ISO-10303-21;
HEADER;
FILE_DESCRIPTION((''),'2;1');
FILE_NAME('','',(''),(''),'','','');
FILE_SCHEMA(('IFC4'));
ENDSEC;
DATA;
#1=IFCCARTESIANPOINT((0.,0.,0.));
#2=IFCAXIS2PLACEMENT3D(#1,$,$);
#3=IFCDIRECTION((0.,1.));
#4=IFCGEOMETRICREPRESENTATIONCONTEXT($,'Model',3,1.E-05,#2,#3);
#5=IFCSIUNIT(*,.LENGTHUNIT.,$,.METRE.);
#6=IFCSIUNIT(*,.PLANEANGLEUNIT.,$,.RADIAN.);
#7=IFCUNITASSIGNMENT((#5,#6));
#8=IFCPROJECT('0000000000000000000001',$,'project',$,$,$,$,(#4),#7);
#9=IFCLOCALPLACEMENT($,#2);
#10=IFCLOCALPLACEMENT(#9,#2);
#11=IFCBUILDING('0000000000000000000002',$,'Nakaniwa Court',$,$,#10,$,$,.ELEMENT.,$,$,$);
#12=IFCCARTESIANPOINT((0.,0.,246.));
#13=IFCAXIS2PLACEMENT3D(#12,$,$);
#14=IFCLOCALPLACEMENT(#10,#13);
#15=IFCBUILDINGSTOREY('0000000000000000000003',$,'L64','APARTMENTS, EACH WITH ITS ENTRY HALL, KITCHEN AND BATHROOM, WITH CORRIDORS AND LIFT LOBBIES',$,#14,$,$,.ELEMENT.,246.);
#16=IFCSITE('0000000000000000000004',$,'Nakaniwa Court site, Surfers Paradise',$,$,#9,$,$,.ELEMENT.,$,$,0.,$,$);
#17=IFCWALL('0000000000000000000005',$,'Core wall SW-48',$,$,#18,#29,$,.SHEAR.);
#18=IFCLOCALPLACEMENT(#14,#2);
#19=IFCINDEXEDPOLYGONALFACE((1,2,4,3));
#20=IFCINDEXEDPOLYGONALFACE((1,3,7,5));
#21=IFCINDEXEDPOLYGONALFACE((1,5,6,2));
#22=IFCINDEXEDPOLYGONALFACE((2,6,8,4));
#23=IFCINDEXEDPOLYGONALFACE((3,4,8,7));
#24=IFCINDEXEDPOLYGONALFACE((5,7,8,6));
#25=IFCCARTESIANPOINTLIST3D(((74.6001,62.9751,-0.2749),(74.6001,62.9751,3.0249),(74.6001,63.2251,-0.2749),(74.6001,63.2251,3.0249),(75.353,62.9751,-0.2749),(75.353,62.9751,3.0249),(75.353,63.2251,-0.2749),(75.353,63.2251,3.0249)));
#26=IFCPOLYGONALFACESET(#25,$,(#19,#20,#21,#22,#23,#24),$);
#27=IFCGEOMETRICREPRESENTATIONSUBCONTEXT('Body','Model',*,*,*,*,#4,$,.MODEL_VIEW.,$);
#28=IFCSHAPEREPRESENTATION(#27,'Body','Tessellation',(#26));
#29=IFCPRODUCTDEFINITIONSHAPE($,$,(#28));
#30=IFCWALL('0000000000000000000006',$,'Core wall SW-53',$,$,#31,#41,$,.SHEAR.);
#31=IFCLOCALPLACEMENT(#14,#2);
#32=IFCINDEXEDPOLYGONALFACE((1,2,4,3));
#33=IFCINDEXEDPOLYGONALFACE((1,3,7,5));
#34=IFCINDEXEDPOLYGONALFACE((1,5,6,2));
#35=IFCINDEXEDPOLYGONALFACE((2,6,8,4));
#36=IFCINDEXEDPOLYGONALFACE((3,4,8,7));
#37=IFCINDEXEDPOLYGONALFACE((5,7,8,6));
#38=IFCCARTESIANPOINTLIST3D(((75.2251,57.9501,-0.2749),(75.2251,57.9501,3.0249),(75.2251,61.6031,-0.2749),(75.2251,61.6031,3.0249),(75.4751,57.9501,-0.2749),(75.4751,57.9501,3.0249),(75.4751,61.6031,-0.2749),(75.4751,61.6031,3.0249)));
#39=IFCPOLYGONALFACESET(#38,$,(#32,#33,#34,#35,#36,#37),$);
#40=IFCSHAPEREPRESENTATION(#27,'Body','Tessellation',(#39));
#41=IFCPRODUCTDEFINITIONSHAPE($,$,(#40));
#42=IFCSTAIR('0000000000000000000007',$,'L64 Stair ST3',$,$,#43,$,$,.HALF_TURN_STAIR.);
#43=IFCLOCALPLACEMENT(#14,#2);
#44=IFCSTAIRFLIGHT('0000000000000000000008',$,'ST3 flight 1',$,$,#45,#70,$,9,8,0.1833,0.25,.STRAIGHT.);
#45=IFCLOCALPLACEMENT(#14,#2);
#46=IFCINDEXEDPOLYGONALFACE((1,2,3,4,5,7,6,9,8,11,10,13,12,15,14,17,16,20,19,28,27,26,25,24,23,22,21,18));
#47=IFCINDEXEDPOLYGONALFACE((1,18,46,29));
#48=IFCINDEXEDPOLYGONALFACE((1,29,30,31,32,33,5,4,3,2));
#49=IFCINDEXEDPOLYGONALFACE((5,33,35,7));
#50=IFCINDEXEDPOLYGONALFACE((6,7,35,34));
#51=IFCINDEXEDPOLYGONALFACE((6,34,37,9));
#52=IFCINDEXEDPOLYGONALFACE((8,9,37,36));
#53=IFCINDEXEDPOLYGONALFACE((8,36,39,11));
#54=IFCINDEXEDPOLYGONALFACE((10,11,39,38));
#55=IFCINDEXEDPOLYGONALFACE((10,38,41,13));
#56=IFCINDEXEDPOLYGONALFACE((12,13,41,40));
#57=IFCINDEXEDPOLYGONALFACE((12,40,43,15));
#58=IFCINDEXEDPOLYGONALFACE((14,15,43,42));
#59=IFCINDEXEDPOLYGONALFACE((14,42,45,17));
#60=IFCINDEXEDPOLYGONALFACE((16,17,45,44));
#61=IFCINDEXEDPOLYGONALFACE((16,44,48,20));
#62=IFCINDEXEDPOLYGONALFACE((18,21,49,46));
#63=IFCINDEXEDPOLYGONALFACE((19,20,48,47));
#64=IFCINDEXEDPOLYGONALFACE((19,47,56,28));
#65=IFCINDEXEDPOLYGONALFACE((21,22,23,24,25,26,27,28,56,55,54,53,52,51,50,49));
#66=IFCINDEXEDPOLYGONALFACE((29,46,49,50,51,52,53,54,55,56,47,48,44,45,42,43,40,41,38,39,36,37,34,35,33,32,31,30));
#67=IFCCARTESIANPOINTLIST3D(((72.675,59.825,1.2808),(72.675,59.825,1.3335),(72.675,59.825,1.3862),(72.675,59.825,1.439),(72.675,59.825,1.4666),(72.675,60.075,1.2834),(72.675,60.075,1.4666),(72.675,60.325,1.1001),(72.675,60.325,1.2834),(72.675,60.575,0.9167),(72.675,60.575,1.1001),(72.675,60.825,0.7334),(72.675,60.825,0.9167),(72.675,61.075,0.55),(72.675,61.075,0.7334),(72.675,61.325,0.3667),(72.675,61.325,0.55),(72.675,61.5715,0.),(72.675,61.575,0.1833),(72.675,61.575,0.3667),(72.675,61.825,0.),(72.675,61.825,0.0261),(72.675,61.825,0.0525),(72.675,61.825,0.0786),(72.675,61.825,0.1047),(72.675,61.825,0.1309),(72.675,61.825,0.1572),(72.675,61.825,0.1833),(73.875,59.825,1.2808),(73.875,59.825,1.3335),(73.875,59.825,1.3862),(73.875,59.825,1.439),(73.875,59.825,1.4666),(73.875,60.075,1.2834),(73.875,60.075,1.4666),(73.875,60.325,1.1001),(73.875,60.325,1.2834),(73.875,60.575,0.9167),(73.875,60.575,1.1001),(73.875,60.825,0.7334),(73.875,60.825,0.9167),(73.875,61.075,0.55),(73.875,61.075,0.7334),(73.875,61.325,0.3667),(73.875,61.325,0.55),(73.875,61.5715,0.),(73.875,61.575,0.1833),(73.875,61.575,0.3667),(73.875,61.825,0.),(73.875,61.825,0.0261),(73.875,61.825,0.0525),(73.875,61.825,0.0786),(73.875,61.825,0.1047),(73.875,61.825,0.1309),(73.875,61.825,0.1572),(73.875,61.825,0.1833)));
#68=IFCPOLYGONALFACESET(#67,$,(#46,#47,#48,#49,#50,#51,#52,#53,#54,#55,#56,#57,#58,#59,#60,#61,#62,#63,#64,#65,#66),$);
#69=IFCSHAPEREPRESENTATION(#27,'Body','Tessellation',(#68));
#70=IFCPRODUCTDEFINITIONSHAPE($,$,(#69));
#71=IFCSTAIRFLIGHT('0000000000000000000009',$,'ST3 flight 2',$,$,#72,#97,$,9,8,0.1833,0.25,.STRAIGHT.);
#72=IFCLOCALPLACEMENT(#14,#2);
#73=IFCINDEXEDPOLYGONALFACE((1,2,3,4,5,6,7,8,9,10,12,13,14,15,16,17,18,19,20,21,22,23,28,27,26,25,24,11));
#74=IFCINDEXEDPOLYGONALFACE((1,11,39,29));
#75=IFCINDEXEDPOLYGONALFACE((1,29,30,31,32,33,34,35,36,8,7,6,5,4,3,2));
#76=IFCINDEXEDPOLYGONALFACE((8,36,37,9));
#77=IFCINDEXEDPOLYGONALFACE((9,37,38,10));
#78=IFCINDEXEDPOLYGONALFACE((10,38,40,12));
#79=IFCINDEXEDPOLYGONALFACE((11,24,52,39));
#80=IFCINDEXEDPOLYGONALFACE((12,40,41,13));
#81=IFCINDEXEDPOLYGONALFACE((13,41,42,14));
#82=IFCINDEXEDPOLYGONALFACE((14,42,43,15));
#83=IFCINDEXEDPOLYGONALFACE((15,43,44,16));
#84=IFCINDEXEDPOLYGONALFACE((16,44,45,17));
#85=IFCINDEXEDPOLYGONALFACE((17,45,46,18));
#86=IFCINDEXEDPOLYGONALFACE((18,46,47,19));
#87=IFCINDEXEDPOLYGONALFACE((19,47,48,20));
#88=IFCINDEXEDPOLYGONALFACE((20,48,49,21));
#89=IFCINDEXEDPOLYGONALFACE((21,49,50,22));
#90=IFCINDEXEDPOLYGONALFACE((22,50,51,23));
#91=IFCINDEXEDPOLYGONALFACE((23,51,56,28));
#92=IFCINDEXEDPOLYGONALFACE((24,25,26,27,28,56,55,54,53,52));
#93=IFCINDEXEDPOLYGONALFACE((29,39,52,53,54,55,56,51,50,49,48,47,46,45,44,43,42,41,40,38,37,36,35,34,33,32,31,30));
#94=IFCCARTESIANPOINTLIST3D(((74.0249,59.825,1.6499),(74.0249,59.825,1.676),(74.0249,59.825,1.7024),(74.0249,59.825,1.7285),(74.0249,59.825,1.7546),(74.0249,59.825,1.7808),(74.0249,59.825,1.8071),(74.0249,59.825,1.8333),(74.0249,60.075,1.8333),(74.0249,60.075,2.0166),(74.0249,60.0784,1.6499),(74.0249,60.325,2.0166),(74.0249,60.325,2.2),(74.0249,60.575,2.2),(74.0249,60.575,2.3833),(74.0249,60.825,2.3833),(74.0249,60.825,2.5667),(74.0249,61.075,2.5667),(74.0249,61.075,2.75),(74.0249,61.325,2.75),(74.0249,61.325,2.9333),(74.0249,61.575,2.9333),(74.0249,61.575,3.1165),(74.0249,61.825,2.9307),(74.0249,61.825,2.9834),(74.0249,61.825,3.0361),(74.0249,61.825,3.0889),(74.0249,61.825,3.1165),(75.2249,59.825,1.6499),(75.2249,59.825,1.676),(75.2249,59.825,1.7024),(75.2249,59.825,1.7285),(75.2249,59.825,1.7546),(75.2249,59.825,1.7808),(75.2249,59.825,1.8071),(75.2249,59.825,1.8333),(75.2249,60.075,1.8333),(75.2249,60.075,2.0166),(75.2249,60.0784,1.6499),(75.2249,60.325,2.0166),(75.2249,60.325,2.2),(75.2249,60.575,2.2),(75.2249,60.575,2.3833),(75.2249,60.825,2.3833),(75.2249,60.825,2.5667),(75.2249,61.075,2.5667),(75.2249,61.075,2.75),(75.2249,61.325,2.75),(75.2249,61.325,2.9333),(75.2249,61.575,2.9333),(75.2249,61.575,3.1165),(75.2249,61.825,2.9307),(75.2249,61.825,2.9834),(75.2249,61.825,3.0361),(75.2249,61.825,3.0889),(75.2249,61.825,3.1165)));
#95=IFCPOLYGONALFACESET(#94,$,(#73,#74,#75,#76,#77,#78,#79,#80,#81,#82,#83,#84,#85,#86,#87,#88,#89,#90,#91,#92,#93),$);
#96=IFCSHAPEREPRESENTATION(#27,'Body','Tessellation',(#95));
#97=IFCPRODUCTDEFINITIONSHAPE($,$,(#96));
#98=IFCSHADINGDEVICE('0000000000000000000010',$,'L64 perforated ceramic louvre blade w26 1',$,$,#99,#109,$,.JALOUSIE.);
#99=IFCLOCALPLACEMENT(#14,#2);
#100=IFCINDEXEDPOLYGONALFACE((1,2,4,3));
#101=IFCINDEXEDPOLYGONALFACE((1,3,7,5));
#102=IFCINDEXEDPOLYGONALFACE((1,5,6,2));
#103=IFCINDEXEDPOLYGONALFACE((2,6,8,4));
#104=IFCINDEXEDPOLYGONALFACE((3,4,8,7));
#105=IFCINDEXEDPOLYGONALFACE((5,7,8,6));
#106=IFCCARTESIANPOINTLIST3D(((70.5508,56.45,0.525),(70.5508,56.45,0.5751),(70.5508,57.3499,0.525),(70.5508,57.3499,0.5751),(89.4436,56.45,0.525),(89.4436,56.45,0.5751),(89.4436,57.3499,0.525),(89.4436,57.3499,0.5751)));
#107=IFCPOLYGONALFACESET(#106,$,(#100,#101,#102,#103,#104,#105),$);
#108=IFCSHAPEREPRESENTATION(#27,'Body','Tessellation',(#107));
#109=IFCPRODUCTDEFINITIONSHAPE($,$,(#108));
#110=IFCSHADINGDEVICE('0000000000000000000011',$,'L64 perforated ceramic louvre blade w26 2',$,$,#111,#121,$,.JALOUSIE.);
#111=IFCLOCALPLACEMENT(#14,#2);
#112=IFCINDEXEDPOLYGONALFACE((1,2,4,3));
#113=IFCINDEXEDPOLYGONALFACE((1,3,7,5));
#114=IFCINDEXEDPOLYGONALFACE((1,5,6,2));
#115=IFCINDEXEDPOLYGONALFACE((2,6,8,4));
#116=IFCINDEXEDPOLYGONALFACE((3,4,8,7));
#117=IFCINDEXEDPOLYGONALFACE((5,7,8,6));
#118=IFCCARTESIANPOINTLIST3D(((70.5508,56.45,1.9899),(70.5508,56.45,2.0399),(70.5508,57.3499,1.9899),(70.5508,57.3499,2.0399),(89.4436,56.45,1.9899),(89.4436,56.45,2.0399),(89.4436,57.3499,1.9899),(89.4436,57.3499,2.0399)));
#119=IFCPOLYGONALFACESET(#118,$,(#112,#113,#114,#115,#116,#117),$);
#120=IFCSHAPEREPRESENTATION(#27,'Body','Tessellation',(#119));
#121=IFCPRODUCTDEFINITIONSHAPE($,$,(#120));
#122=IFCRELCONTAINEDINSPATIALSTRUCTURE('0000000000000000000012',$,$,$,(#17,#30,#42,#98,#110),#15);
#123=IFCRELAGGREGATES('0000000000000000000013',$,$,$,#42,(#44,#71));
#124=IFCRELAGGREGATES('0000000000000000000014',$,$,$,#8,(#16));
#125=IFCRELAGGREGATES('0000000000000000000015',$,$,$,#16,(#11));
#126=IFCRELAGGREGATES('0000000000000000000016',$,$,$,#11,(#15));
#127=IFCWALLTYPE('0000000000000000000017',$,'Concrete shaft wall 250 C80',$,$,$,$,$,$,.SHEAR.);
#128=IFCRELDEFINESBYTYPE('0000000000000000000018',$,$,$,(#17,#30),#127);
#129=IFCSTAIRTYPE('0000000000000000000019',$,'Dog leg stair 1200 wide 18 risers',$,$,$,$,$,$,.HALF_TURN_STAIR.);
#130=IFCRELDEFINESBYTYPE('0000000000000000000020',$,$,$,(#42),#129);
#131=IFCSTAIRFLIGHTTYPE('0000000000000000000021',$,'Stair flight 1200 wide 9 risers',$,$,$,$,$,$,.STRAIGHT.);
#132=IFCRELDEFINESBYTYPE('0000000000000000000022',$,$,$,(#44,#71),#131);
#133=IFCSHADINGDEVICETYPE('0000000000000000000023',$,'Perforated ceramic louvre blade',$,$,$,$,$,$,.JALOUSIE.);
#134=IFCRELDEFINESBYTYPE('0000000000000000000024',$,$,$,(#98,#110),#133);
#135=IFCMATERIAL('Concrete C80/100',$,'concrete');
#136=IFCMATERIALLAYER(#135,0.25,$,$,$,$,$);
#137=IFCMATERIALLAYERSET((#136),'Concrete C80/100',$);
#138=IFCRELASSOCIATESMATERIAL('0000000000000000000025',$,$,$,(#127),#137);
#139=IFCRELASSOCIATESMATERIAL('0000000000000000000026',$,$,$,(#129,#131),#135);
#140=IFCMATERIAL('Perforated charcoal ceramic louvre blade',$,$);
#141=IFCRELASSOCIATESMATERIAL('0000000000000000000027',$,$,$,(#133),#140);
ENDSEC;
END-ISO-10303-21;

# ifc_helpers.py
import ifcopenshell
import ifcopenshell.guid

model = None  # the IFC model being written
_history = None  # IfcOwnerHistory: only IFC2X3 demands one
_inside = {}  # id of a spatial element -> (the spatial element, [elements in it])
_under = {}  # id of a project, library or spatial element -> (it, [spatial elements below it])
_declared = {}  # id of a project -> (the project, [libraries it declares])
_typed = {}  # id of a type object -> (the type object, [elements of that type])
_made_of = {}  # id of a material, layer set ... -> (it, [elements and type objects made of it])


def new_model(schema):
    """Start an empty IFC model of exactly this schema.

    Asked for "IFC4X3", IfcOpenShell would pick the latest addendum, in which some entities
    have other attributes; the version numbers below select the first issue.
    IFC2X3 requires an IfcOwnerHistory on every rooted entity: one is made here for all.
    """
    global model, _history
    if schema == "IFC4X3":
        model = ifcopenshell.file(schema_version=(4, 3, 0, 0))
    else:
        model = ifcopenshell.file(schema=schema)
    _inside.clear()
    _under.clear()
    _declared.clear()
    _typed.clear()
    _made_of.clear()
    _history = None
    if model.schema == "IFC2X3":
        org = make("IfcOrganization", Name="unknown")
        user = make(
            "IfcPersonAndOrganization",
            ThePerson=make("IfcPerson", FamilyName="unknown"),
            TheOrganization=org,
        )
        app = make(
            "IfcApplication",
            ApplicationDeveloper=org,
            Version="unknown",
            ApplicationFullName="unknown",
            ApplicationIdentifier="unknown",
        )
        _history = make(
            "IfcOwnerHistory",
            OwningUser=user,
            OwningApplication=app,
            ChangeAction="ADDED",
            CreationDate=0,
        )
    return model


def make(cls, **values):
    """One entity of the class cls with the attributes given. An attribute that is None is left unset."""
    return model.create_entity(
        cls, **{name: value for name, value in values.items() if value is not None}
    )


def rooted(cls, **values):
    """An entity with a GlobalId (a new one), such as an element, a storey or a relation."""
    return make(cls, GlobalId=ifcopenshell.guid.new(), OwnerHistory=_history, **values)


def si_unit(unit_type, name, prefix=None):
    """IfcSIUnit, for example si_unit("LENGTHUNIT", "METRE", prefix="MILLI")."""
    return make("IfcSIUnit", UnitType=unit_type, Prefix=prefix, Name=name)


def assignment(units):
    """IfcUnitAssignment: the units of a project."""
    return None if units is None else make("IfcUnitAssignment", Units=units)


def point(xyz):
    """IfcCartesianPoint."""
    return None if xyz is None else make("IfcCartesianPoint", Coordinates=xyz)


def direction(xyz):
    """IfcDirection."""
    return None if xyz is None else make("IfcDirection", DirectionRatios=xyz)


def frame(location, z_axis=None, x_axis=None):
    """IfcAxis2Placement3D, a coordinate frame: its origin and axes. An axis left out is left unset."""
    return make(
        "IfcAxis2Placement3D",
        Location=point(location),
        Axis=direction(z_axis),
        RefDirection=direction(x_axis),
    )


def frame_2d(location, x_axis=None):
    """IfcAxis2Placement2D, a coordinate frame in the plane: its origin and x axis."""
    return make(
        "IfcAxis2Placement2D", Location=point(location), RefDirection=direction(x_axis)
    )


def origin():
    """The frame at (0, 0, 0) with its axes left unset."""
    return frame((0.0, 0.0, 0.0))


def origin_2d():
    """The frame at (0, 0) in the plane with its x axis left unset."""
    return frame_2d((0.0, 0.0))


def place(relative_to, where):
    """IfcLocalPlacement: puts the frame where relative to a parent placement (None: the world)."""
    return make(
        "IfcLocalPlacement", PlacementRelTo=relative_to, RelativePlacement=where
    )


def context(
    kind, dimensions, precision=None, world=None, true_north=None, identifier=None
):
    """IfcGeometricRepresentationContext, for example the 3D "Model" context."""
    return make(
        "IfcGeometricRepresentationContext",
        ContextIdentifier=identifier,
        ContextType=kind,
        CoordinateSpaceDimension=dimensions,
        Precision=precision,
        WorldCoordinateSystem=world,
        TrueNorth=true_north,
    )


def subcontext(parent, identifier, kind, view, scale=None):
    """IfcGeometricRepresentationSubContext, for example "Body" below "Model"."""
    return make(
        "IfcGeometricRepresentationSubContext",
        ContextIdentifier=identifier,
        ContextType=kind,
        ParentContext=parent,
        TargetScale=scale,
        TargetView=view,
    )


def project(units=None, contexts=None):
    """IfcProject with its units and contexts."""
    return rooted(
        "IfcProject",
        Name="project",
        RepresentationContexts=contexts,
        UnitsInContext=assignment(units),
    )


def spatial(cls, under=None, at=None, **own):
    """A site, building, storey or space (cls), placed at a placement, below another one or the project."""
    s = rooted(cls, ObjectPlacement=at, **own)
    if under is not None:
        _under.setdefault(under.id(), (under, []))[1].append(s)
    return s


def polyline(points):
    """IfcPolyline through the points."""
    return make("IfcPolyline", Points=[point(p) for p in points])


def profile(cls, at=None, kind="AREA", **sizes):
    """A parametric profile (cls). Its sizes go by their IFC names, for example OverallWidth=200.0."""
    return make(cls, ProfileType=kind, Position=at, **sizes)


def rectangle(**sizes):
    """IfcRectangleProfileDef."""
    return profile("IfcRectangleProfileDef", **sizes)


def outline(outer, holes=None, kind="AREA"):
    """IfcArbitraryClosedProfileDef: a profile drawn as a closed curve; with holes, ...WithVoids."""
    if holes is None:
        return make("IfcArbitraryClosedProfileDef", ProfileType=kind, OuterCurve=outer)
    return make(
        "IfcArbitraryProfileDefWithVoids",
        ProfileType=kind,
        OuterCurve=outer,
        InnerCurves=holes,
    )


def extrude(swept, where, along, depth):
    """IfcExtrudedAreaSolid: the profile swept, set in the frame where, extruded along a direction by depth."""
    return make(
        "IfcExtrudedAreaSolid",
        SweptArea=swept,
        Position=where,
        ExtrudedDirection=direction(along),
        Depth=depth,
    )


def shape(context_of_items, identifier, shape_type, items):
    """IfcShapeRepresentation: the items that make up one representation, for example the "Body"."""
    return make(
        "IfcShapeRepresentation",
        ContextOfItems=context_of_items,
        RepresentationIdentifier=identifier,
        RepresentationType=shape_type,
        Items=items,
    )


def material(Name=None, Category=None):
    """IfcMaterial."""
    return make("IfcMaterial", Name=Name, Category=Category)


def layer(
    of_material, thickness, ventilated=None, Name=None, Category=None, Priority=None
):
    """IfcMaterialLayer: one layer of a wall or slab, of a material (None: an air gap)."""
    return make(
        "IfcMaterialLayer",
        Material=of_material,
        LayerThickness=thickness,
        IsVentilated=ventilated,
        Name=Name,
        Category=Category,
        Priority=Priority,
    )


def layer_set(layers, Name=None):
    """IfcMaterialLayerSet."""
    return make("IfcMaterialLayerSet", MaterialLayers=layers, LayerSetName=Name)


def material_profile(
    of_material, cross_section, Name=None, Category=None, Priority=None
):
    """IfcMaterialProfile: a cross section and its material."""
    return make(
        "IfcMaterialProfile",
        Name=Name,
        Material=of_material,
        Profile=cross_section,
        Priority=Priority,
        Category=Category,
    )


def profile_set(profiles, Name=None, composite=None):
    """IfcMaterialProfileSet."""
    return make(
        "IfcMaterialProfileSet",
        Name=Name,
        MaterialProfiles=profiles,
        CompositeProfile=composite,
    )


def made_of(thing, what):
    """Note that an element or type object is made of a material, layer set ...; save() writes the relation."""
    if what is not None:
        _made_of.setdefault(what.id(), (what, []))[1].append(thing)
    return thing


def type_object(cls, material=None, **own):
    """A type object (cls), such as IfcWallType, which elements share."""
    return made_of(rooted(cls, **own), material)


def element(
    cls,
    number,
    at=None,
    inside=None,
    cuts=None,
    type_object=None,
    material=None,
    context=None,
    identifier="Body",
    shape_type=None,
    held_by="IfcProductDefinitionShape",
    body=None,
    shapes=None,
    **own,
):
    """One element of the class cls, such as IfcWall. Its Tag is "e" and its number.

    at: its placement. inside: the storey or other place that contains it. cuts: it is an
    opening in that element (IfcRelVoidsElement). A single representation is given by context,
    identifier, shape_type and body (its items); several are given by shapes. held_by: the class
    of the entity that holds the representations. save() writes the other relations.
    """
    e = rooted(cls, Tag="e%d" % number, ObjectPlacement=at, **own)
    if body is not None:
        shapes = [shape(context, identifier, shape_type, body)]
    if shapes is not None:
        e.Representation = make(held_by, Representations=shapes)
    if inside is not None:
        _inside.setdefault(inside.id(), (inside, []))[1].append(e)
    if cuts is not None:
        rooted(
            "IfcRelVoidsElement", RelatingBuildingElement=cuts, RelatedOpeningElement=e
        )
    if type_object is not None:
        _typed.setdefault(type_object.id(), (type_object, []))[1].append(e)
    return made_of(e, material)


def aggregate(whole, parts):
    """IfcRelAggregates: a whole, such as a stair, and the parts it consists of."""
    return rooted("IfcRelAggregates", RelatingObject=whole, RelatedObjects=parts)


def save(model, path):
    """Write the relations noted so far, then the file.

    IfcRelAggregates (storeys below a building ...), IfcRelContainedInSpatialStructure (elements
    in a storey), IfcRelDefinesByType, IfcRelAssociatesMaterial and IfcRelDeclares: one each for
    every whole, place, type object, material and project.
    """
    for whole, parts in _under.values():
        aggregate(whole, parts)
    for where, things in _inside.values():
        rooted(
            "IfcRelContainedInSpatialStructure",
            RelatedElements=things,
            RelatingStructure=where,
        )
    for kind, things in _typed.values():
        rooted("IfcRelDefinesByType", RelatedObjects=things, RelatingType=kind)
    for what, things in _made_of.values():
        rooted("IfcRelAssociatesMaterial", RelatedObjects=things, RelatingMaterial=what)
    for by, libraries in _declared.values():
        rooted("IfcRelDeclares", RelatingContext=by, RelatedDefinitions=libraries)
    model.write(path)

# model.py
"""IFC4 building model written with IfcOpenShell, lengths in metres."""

from ifc_helpers import new_model, si_unit, direction, frame, frame_2d, origin, origin_2d, place, context, subcontext, project, spatial, polyline, rectangle, outline, extrude, material, layer, layer_set, material_profile, profile_set, type_object, element, aggregate, save


model = new_model("IFC4")

# Units and contexts
model_context = context("Model", 3, precision=1e-05, world=origin(), true_north=direction((0.0, 1.0)))
body_context = subcontext(model_context, "Body", "Model", "MODEL_VIEW")
ifc_project = project(units=[si_unit("LENGTHUNIT", "METRE"), si_unit("PLANEANGLEUNIT", "RADIAN")], contexts=[model_context])

# Site, building, storey
site_placement = place(None, origin())
site = spatial("IfcSite", under=ifc_project, at=site_placement, Name="Nakaniwa Court site, Surfers Paradise", CompositionType="ELEMENT", RefElevation=0.0)
building_placement = place(site_placement, origin())
building = spatial("IfcBuilding", under=site, at=building_placement, Name="Nakaniwa Court", CompositionType="ELEMENT")
storey_placement = place(building_placement, frame((0.0, 0.0, 246.0)))
storey = spatial("IfcBuildingStorey", under=building, at=storey_placement, Name="L64", Description="APARTMENTS, EACH WITH ITS ENTRY HALL, KITCHEN AND BATHROOM, WITH CORRIDORS AND LIFT LOBBIES", CompositionType="ELEMENT", Elevation=246.0)

# Shared definitions
ifc_material_1 = material(Name="Concrete C80/100", Category="concrete")

# Walls
ifc_layer_1 = layer(ifc_material_1, 0.25)
ifc_layer_set_1 = layer_set([ifc_layer_1], Name="Concrete C80/100")
wall_type_1 = type_object("IfcWallType", Name="Concrete shaft wall 250 C80", PredefinedType="SHEAR", material=ifc_layer_set_1)
wall_1_placement = place(storey_placement, frame((74.6001, 63.1001, -0.2749), z_axis=(0.0, 0.0, 1.0), x_axis=(1.0, 0.0, 0.0)))
element("IfcWall", 1, at=wall_1_placement, inside=storey, type_object=wall_type_1, Name="Core wall SW-48", PredefinedType="SHEAR", context=body_context, shape_type="SweptSolid", body=[
    extrude(rectangle(XDim=0.7529, YDim=0.25, at=frame_2d((0.3765, 0.0))), origin(), (0.0, 0.0, 1.0), 3.2998),
])
wall_2_placement = place(storey_placement, frame((75.3501, 57.95, -0.2749), z_axis=(0.0, 0.0, 1.0), x_axis=(0.0, 1.0, 0.0)))
element("IfcWall", 2, at=wall_2_placement, inside=storey, type_object=wall_type_1, Name="Core wall SW-53", PredefinedType="SHEAR", context=body_context, shape_type="SweptSolid", body=[
    extrude(rectangle(XDim=3.6531, YDim=0.25, at=frame_2d((1.8267, 0.0))), origin(), (0.0, 0.0, 1.0), 3.2998),
])

# Stair, stair flights
stair_type = type_object("IfcStairType", Name="Dog leg stair 1200 wide 18 risers", PredefinedType="HALF_TURN_STAIR", material=ifc_material_1)
stair_placement = place(storey_placement, origin())
stair = element("IfcStair", 3, at=stair_placement, inside=storey, type_object=stair_type, Name="L64 Stair ST3", PredefinedType="HALF_TURN_STAIR")
stair_flight_type = type_object("IfcStairFlightType", Name="Stair flight 1200 wide 9 risers", PredefinedType="STRAIGHT", material=ifc_material_1)
stair_flight_1_placement = place(storey_placement, frame((73.2749, 61.825, 0.0), z_axis=(0.0, 0.0, 1.0), x_axis=(0.0, -1.0, 0.0)))
stair_flight_1 = element("IfcStairFlight", 4, at=stair_flight_1_placement, type_object=stair_flight_type, Name="ST3 flight 1", NumberOfRisers=9, NumberOfTreads=8, PredefinedType="STRAIGHT", RiserHeight=0.1833, TreadLength=0.25, context=body_context, shape_type="SweptSolid", body=[
    extrude(outline(polyline([(0.0, 0.0), (0.0, 0.0261), (0.0, 0.0525), (0.0, 0.0786), (0.0, 0.1047), (0.0, 0.1309), (0.0, 0.1572), (0.0, 0.1833), (0.25, 0.1833), (0.25, 0.3667), (0.5, 0.3667), (0.5, 0.55), (0.75, 0.55), (0.75, 0.7334), (1.0, 0.7334), (1.0, 0.9167), (1.25, 0.9167), (1.25, 1.1001), (1.5, 1.1001), (1.5, 1.2834), (1.75, 1.2834), (1.75, 1.4666), (2.0, 1.4666), (2.0, 1.6499), (2.0, 1.5972), (2.0, 1.5444), (2.0, 1.4917), (2.0, 1.439), (2.0, 1.3862), (2.0, 1.3335), (2.0, 1.2808), (0.2534, 0.0), (0.0, 0.0)])), frame((0.0, 0.6001, 0.0), z_axis=(0.0, -1.0, 0.0), x_axis=(1.0, 0.0, 0.0)), (0.0, 0.0, 1.0), 1.2),
])
stair_flight_2_placement = place(storey_placement, frame((74.625, 59.825, 1.6499), z_axis=(0.0, 0.0, 1.0), x_axis=(0.0, 1.0, 0.0)))
stair_flight_2 = element("IfcStairFlight", 5, at=stair_flight_2_placement, type_object=stair_flight_type, Name="ST3 flight 2", NumberOfRisers=9, NumberOfTreads=8, PredefinedType="STRAIGHT", RiserHeight=0.1833, TreadLength=0.25, context=body_context, shape_type="SweptSolid", body=[
    extrude(outline(polyline([(0.0, 0.0), (0.0, 0.0261), (0.0, 0.0525), (0.0, 0.0786), (0.0, 0.1047), (0.0, 0.1309), (0.0, 0.1572), (0.0, 0.1833), (0.25, 0.1833), (0.25, 0.3667), (0.5, 0.3667), (0.5, 0.55), (0.75, 0.55), (0.75, 0.7334), (1.0, 0.7334), (1.0, 0.9167), (1.25, 0.9167), (1.25, 1.1001), (1.5, 1.1001), (1.5, 1.2834), (1.75, 1.2834), (1.75, 1.4666), (2.0, 1.4666), (2.0, 1.6499), (2.0, 1.5972), (2.0, 1.5444), (2.0, 1.4917), (2.0, 1.439), (2.0, 1.3862), (2.0, 1.3335), (2.0, 1.2808), (0.2534, 0.0), (0.0, 0.0)])), frame((0.0, 0.6001, 0.0), z_axis=(0.0, -1.0, 0.0), x_axis=(1.0, 0.0, 0.0)), (0.0, 0.0, 1.0), 1.2),
])
aggregate(stair, [stair_flight_1, stair_flight_2])

# Shading devices
ifc_material_2 = material(Name="Perforated charcoal ceramic louvre blade")
ifc_material_profile = material_profile(ifc_material_2, rectangle(XDim=0.8999, YDim=0.05, at=origin_2d()), Name="Perforated ceramic louvre blade")
ifc_profile_set = profile_set([ifc_material_profile], Name="Perforated charcoal ceramic louvre blade")
shading_device_type = type_object("IfcShadingDeviceType", Name="Perforated ceramic louvre blade", PredefinedType="JALOUSIE", material=ifc_profile_set)
for number, where, z_axis, x_axis, name in (
    (6, (70.5508, 56.8999, 0.55), (1.0, 0.0, 0.0), (0.0, 1.0, 0.0), "L64 perforated ceramic louvre blade w26 1"),
    (7, (70.5508, 56.8999, 2.0149), (1.0, 0.0, 0.0), (0.0, 1.0, 0.0), "L64 perforated ceramic louvre blade w26 2"),
):
    element("IfcShadingDevice", number, at=place(storey_placement, frame(where, z_axis=z_axis, x_axis=x_axis)), inside=storey, type_object=shading_device_type, Name=name, PredefinedType="JALOUSIE", context=body_context, shape_type="SweptSolid", body=[
        extrude(rectangle(XDim=0.8999, YDim=0.05, at=origin_2d()), origin(), (0.0, 0.0, 1.0), 18.8928),
    ])

save(model, "model.ifc")
